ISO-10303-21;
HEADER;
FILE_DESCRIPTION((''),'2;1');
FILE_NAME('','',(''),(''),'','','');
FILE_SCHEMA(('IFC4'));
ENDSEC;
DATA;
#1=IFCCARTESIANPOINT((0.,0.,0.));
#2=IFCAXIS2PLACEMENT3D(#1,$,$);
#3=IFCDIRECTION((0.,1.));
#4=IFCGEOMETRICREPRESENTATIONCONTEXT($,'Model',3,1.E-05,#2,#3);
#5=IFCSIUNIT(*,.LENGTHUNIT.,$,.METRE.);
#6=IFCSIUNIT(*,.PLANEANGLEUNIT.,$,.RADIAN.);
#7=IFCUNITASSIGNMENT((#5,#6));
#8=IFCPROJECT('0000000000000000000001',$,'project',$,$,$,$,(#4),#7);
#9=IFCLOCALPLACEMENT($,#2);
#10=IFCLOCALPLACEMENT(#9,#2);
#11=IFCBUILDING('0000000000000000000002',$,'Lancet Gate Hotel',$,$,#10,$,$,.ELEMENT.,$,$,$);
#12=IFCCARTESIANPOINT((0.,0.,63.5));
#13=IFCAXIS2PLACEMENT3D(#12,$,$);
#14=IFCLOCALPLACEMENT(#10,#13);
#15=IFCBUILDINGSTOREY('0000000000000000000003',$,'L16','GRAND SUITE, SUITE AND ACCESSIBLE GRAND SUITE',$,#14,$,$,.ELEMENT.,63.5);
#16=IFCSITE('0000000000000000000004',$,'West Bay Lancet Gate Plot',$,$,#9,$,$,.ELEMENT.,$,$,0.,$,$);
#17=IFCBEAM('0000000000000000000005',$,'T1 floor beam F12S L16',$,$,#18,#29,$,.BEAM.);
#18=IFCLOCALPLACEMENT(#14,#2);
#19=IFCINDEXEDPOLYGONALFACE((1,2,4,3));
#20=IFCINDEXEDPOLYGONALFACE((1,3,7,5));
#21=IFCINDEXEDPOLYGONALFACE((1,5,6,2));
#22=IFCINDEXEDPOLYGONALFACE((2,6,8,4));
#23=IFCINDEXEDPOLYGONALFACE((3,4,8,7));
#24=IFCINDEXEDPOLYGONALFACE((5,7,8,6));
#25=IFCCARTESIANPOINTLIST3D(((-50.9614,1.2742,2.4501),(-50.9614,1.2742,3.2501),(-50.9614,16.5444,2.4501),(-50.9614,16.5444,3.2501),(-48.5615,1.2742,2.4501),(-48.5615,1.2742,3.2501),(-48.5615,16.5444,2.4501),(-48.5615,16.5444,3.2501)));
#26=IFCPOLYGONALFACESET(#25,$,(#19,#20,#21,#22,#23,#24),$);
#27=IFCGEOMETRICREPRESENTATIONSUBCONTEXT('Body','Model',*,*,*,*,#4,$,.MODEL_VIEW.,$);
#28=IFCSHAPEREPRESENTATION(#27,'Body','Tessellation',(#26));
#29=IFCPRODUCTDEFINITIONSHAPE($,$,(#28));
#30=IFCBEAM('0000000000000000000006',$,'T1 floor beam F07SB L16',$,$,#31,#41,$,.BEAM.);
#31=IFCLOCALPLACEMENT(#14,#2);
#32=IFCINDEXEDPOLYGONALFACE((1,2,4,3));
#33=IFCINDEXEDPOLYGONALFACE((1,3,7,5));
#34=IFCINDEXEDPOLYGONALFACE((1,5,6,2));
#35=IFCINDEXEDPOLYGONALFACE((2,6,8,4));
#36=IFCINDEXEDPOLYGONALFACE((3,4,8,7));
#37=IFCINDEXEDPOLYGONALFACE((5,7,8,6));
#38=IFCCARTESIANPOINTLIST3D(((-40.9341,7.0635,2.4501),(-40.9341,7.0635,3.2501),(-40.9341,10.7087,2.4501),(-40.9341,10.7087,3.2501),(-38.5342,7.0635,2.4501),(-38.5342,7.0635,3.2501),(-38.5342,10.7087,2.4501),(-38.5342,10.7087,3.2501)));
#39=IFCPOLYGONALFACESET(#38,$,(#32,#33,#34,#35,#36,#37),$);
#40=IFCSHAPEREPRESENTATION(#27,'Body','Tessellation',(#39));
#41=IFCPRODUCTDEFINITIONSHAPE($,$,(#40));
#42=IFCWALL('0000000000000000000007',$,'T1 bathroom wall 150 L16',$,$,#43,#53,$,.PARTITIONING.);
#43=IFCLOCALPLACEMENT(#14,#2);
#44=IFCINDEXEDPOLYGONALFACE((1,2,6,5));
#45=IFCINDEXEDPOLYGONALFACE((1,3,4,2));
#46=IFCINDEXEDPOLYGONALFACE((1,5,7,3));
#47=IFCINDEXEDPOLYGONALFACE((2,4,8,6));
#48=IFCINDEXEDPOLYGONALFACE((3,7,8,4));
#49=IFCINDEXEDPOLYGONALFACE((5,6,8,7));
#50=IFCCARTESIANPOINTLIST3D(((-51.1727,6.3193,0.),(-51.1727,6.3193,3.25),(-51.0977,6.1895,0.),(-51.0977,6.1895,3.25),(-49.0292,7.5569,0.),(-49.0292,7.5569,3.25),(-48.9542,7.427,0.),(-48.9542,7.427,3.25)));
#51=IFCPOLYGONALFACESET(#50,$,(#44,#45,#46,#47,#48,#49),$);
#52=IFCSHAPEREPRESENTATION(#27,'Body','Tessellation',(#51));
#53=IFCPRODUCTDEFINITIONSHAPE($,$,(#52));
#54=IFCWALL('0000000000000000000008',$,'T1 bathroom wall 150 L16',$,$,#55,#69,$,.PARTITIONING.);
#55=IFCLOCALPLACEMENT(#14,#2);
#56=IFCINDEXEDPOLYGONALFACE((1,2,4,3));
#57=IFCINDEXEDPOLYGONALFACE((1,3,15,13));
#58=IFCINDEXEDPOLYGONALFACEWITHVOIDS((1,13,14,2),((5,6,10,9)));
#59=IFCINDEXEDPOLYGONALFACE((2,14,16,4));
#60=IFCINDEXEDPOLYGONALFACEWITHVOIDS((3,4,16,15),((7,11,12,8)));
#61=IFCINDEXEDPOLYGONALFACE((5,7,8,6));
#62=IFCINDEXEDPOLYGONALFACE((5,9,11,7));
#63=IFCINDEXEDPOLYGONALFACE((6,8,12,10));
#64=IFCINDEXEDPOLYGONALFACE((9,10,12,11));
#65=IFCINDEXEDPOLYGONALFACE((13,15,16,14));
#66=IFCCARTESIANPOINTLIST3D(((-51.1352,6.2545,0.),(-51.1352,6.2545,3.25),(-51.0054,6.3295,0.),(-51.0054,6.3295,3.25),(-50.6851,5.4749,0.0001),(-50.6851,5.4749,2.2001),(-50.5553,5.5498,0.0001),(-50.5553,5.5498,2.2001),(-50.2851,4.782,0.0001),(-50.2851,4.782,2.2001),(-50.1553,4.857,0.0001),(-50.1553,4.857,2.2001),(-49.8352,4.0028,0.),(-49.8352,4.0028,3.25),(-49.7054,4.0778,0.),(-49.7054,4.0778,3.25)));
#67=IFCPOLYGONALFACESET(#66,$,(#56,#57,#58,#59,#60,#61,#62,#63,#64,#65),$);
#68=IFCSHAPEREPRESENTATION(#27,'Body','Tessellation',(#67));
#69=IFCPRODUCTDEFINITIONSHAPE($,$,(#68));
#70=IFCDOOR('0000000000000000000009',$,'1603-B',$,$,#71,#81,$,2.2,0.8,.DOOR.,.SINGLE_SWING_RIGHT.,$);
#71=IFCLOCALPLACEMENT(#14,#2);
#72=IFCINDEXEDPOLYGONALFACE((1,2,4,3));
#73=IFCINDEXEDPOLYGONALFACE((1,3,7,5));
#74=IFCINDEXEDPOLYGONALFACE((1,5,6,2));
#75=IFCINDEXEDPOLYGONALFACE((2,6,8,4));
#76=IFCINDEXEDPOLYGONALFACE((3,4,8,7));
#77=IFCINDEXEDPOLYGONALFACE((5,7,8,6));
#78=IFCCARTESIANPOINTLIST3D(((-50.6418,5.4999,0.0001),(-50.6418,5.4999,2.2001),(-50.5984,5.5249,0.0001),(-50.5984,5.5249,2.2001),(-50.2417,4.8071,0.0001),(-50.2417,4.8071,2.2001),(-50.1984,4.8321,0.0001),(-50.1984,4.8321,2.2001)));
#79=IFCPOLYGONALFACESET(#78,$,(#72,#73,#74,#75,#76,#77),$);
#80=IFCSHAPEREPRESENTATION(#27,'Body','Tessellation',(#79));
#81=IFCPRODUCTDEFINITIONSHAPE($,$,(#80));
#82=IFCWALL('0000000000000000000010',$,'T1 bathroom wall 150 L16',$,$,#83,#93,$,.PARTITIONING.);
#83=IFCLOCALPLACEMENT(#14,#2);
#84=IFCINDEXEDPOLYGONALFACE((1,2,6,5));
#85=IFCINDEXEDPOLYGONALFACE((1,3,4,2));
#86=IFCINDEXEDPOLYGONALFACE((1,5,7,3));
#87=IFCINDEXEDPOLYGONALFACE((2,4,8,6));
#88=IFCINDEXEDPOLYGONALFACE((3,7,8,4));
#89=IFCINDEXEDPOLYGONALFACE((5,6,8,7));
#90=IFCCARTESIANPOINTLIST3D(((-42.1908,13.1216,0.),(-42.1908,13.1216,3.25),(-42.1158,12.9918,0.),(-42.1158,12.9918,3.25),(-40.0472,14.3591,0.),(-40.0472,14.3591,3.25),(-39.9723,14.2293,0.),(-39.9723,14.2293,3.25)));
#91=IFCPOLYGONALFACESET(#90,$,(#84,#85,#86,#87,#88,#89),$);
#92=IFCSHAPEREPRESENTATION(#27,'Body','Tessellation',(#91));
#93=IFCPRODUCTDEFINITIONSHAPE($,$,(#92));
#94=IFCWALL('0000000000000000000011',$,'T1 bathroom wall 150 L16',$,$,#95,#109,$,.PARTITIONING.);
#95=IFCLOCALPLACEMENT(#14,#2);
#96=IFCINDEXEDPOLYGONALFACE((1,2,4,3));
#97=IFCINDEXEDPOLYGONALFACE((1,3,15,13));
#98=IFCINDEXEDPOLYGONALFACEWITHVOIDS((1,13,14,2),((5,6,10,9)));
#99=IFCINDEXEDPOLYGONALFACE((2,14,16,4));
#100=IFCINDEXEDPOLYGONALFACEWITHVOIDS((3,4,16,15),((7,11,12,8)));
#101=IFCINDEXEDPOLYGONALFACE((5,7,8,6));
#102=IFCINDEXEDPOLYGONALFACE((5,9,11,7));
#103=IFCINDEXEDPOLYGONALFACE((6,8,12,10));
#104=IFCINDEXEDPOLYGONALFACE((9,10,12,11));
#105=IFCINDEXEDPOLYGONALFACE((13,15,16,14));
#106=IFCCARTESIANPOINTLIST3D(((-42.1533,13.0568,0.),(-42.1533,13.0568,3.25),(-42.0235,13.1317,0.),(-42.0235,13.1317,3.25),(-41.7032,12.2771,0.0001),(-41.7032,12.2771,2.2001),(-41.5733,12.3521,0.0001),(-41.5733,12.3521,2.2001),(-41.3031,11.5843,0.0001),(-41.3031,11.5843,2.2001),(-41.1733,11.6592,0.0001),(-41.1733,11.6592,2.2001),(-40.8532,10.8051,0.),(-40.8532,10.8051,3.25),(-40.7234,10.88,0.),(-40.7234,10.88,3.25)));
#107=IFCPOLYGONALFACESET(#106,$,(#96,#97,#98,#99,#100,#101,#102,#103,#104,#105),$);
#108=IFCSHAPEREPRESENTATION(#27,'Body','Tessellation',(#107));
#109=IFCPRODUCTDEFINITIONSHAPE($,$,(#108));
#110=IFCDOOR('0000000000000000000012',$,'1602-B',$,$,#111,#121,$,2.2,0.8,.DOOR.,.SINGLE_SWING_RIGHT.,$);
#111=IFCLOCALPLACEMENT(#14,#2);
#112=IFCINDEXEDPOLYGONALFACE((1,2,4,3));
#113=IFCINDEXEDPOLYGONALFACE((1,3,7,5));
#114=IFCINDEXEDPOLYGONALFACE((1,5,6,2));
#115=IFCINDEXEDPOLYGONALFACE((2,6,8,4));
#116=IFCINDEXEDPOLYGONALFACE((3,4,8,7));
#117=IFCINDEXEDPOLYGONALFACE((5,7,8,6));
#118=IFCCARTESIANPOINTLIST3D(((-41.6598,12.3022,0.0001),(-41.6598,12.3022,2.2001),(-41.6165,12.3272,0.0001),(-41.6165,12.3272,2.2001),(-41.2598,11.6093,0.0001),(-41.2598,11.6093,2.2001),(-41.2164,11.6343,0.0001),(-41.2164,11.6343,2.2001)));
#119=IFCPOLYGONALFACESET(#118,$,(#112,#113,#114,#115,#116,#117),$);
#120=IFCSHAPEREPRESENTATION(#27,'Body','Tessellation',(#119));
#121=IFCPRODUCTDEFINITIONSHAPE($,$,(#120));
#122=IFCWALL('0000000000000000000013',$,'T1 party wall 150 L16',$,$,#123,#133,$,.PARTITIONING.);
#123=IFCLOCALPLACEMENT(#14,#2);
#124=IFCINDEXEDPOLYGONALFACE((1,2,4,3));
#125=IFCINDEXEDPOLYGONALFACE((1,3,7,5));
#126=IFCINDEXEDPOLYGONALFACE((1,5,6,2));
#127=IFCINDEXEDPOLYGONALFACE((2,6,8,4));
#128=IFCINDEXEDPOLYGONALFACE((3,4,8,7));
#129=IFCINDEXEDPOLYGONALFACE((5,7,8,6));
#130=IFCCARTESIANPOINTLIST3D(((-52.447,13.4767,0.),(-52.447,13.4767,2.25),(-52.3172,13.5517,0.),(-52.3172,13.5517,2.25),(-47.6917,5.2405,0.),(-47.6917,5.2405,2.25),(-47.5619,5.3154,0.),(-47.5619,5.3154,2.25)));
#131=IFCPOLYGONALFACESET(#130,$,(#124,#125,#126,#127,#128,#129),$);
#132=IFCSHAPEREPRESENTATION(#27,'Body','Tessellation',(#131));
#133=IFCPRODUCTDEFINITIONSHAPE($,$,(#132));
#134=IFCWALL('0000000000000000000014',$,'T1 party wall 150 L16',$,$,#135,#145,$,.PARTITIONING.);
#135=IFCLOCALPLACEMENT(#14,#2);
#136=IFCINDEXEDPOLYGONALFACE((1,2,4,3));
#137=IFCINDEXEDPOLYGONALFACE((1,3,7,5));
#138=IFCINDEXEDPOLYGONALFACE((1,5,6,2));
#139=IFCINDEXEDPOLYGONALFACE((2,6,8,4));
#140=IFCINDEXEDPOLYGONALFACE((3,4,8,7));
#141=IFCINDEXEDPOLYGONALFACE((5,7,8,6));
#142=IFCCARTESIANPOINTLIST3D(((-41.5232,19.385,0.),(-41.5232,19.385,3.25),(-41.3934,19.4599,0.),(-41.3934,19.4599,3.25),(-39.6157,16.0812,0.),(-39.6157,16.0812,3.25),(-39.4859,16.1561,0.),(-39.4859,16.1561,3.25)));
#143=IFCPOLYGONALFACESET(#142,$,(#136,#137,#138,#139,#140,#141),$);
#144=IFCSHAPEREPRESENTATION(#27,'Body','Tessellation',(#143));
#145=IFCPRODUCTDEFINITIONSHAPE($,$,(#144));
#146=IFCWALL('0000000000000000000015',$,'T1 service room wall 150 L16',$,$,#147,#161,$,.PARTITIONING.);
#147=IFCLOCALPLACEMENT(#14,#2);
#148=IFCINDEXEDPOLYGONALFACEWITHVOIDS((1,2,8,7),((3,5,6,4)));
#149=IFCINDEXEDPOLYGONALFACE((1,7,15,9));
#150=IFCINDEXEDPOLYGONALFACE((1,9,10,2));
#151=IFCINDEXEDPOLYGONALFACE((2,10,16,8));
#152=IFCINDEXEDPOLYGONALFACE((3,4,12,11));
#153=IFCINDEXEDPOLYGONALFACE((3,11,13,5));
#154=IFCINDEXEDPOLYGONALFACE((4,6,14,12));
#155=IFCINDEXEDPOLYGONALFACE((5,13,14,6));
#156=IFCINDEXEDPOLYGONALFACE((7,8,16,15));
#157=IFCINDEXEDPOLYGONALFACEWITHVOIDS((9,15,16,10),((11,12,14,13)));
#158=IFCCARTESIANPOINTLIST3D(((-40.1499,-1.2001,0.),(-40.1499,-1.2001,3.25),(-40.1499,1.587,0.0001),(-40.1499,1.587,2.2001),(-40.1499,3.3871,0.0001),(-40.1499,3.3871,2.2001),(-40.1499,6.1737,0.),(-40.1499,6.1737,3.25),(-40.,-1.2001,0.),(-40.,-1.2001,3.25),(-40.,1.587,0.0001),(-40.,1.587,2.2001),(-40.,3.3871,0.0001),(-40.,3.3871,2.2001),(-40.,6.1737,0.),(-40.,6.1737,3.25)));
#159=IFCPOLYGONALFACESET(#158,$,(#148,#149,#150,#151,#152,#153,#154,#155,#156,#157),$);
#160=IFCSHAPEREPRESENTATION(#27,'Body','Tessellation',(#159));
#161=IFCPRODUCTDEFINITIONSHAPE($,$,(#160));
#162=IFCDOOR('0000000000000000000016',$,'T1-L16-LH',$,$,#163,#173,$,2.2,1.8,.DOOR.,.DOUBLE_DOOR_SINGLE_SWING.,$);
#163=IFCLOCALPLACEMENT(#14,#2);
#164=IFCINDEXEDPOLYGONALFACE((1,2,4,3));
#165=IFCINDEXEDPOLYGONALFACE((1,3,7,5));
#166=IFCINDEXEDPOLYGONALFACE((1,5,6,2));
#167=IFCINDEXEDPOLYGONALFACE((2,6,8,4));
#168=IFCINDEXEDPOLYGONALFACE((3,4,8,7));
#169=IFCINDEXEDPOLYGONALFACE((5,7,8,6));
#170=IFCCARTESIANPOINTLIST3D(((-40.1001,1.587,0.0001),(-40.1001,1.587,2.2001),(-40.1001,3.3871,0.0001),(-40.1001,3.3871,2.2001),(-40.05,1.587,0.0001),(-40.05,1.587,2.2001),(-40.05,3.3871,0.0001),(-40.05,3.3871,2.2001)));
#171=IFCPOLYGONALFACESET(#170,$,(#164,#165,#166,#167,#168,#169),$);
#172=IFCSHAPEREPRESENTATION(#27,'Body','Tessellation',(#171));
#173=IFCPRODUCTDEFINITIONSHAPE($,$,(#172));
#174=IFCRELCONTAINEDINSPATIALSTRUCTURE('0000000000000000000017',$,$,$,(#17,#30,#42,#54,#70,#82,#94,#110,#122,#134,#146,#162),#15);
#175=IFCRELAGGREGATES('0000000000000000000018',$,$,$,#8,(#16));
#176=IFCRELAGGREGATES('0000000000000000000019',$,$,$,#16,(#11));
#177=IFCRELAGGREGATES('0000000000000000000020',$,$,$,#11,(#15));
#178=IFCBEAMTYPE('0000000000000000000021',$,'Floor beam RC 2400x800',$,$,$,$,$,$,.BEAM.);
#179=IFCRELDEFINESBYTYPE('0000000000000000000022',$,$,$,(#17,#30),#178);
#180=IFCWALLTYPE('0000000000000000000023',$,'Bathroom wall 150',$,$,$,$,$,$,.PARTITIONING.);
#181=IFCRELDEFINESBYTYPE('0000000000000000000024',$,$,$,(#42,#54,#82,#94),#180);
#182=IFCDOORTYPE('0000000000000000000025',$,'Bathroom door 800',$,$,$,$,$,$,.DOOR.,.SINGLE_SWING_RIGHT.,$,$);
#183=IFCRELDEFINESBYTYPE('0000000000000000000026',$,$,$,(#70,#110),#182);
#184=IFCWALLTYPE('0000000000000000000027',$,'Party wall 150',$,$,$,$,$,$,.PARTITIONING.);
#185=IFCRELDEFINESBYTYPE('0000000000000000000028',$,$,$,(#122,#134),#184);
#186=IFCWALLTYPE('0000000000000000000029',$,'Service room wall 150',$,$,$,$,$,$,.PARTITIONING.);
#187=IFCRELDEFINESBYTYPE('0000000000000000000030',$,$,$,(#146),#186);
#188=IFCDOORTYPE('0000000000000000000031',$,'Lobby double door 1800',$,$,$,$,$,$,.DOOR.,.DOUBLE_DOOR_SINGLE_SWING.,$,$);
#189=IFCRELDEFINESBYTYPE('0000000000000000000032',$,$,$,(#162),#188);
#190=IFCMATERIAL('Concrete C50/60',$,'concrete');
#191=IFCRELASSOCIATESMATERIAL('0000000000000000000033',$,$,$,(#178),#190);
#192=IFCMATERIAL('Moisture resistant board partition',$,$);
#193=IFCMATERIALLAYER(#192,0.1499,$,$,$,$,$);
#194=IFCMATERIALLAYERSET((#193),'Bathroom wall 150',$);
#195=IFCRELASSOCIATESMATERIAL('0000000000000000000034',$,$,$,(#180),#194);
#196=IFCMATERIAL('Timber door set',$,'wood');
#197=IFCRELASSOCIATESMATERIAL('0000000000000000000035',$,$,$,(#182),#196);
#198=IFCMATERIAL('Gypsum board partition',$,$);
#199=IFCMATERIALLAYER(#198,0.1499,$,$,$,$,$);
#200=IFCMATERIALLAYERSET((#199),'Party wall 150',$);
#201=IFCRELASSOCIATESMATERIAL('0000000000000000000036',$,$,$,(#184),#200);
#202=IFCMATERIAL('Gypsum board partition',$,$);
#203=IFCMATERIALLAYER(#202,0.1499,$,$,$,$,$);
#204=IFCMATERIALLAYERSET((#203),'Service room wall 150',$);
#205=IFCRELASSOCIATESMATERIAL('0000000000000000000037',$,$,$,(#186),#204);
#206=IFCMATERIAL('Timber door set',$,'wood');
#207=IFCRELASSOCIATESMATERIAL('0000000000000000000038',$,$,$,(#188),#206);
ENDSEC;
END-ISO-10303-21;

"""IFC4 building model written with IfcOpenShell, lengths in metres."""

from ifc_helpers import new_model, si_unit, direction, frame, frame_2d, origin, origin_2d, place, context, subcontext, project, spatial, rectangle, extrude, material, layer, layer_set, material_profile, profile_set, type_object, element, fill, save


model = new_model("IFC4")

# Units and contexts
model_context = context("Model", 3, precision=1e-05, world=origin(), true_north=direction((0.0, 1.0)))
body_context = subcontext(model_context, "Body", "Model", "MODEL_VIEW")
ifc_project = project(units=[si_unit("LENGTHUNIT", "METRE"), si_unit("PLANEANGLEUNIT", "RADIAN")], contexts=[model_context])

# Site, building, storey
site_placement = place(None, origin())
site = spatial("IfcSite", under=ifc_project, at=site_placement, Name="West Bay Lancet Gate Plot", CompositionType="ELEMENT", RefElevation=0.0)
building_placement = place(site_placement, origin())
building = spatial("IfcBuilding", under=site, at=building_placement, Name="Lancet Gate Hotel", CompositionType="ELEMENT")
storey_placement = place(building_placement, frame((0.0, 0.0, 63.5)))
storey = spatial("IfcBuildingStorey", under=building, at=storey_placement, Name="L16", Description="GRAND SUITE, SUITE AND ACCESSIBLE GRAND SUITE", CompositionType="ELEMENT", Elevation=63.5)

# Beams
ifc_material_1 = material(Name="Concrete C50/60", Category="concrete")
ifc_material_profile_1 = material_profile(ifc_material_1, rectangle(XDim=2.3999, YDim=0.8, at=origin_2d()), Name="RC 2400x800")
ifc_profile_set_1 = profile_set([ifc_material_profile_1], Name="Concrete C50/60")
beam_type_1 = type_object("IfcBeamType", Name="Floor beam RC 2400x800", PredefinedType="BEAM", material=ifc_profile_set_1)
beam_1_placement = place(storey_placement, frame((-49.7615, 16.5444, 2.8501), z_axis=(0.0, -1.0, 0.0), x_axis=(1.0, 0.0, 0.0)))
element("IfcBeam", 1, at=beam_1_placement, inside=storey, type_object=beam_type_1, Name="T1 floor beam F12S L16", PredefinedType="BEAM", context=body_context, shape_type="SweptSolid", body=[
    extrude(rectangle(XDim=2.3999, YDim=0.8, at=origin_2d()), origin(), (0.0, 0.0, 1.0), 15.2703),
])
beam_2_placement = place(storey_placement, frame((-39.7341, 10.7087, 2.8501), z_axis=(0.0, -1.0, 0.0), x_axis=(1.0, 0.0, 0.0)))
element("IfcBeam", 2, at=beam_2_placement, inside=storey, type_object=beam_type_1, Name="T1 floor beam F07SB L16", PredefinedType="BEAM", context=body_context, shape_type="SweptSolid", body=[
    extrude(rectangle(XDim=2.3999, YDim=0.8, at=origin_2d()), origin(), (0.0, 0.0, 1.0), 3.6453),
])

# Wall
ifc_material_2 = material(Name="Moisture resistant board partition")
ifc_layer_1 = layer(ifc_material_2, 0.1499)
ifc_layer_set_1 = layer_set([ifc_layer_1], Name="Bathroom wall 150")
wall_type_1 = type_object("IfcWallType", Name="Bathroom wall 150", PredefinedType="PARTITIONING", material=ifc_layer_set_1)
wall_1_placement = place(storey_placement, frame((-48.9917, 7.4919, 0.0), z_axis=(0.0, 0.0, 1.0), x_axis=(-0.866031, -0.49999, 0.0)))
element("IfcWall", 3, at=wall_1_placement, inside=storey, type_object=wall_type_1, Name="T1 bathroom wall 150 L16", PredefinedType="PARTITIONING", context=body_context, shape_type="SweptSolid", body=[
    extrude(rectangle(XDim=2.4751, YDim=0.1499, at=frame_2d((1.2375, 0.0))), origin(), (0.0, 0.0, 1.0), 3.25),
])

# Wall, opening, door
wall_2_placement = place(storey_placement, frame((-49.7703, 4.0403, 0.0), z_axis=(0.0, 0.0, 1.0), x_axis=(-0.500007, 0.866021, 0.0)))
wall_2 = element("IfcWall", 4, at=wall_2_placement, inside=storey, type_object=wall_type_1, Name="T1 bathroom wall 150 L16", PredefinedType="PARTITIONING", context=body_context, shape_type="SweptSolid", body=[
    extrude(rectangle(XDim=2.6001, YDim=0.1499, at=frame_2d((1.3, 0.0))), origin(), (0.0, 0.0, 1.0), 3.25),
])
opening_1_placement = place(wall_2_placement, frame((0.8999, 0.0, 0.0)))
opening_1 = element("IfcOpeningElement", 5, at=opening_1_placement, cuts=wall_2, PredefinedType="OPENING", context=body_context, shape_type="SweptSolid", body=[
    extrude(rectangle(XDim=0.8, YDim=2.2, at=frame_2d((0.3999, 1.1001))), frame((0.0, 0.085, 0.0), z_axis=(0.0, -1.0, 0.0), x_axis=(1.0, 0.0, 0.0)), (0.0, 0.0, 1.0), 0.1699),
])
ifc_material_3 = material(Name="Timber door set", Category="wood")
door_type_1 = type_object("IfcDoorType", Name="Bathroom door 800", OperationType="SINGLE_SWING_RIGHT", PredefinedType="DOOR", material=ifc_material_3)
door_1_placement = place(opening_1_placement, origin())
door_1 = element("IfcDoor", 6, at=door_1_placement, inside=storey, type_object=door_type_1, Name="1603-B", OperationType="SINGLE_SWING_RIGHT", OverallHeight=2.2, OverallWidth=0.8, PredefinedType="DOOR", context=body_context, shape_type="SweptSolid", body=[
    extrude(rectangle(XDim=0.8, YDim=2.2, at=frame_2d((0.3999, 1.1001))), frame((0.0, 0.0249, 0.0), z_axis=(0.0, -1.0, 0.0), x_axis=(1.0, 0.0, 0.0)), (0.0, 0.0, 1.0), 0.05),
])
fill(opening_1, door_1)

# Wall
wall_3_placement = place(storey_placement, frame((-40.0098, 14.2942, 0.0), z_axis=(0.0, 0.0, 1.0), x_axis=(-0.866031, -0.49999, 0.0)))
element("IfcWall", 7, at=wall_3_placement, inside=storey, type_object=wall_type_1, Name="T1 bathroom wall 150 L16", PredefinedType="PARTITIONING", context=body_context, shape_type="SweptSolid", body=[
    extrude(rectangle(XDim=2.4751, YDim=0.1499, at=frame_2d((1.2375, 0.0))), origin(), (0.0, 0.0, 1.0), 3.25),
])

# Wall, opening, door
wall_4_placement = place(storey_placement, frame((-40.7883, 10.8425, 0.0), z_axis=(0.0, 0.0, 1.0), x_axis=(-0.500007, 0.866021, 0.0)))
wall_4 = element("IfcWall", 8, at=wall_4_placement, inside=storey, type_object=wall_type_1, Name="T1 bathroom wall 150 L16", PredefinedType="PARTITIONING", context=body_context, shape_type="SweptSolid", body=[
    extrude(rectangle(XDim=2.6001, YDim=0.1499, at=frame_2d((1.3, 0.0))), origin(), (0.0, 0.0, 1.0), 3.25),
])
opening_2_placement = place(wall_4_placement, frame((0.8999, 0.0, 0.0)))
opening_2 = element("IfcOpeningElement", 9, at=opening_2_placement, cuts=wall_4, PredefinedType="OPENING", context=body_context, shape_type="SweptSolid", body=[
    extrude(rectangle(XDim=0.8, YDim=2.2, at=frame_2d((0.3999, 1.1001))), frame((0.0, 0.085, 0.0), z_axis=(0.0, -1.0, 0.0), x_axis=(1.0, 0.0, 0.0)), (0.0, 0.0, 1.0), 0.1699),
])
door_2_placement = place(opening_2_placement, origin())
door_2 = element("IfcDoor", 10, at=door_2_placement, inside=storey, type_object=door_type_1, Name="1602-B", OperationType="SINGLE_SWING_RIGHT", OverallHeight=2.2, OverallWidth=0.8, PredefinedType="DOOR", context=body_context, shape_type="SweptSolid", body=[
    extrude(rectangle(XDim=0.8, YDim=2.2, at=frame_2d((0.3999, 1.1001))), frame((0.0, 0.0249, 0.0), z_axis=(0.0, -1.0, 0.0), x_axis=(1.0, 0.0, 0.0)), (0.0, 0.0, 1.0), 0.05),
])
fill(opening_2, door_2)

# Walls
ifc_material_4 = material(Name="Gypsum board partition")
ifc_layer_2 = layer(ifc_material_4, 0.1499)
ifc_layer_set_2 = layer_set([ifc_layer_2], Name="Party wall 150")
wall_type_2 = type_object("IfcWallType", Name="Party wall 150", PredefinedType="PARTITIONING", material=ifc_layer_set_2)
wall_5_placement = place(storey_placement, frame((-47.6267, 5.2778, 0.0), z_axis=(0.0, 0.0, 1.0), x_axis=(-0.50001, 0.86602, 0.0)))
element("IfcWall", 11, at=wall_5_placement, inside=storey, type_object=wall_type_2, Name="T1 party wall 150 L16", PredefinedType="PARTITIONING", context=body_context, shape_type="SweptSolid", body=[
    extrude(rectangle(XDim=9.5105, YDim=0.1499, at=frame_2d((4.7554, 0.0))), origin(), (0.0, 0.0, 1.0), 2.25),
])
wall_6_placement = place(storey_placement, frame((-39.5508, 16.1187, 0.0), z_axis=(0.0, 0.0, 1.0), x_axis=(-0.500014, 0.866017, 0.0)))
element("IfcWall", 12, at=wall_6_placement, inside=storey, type_object=wall_type_2, Name="T1 party wall 150 L16", PredefinedType="PARTITIONING", context=body_context, shape_type="SweptSolid", body=[
    extrude(rectangle(XDim=3.8149, YDim=0.1499, at=frame_2d((1.9075, 0.0))), origin(), (0.0, 0.0, 1.0), 3.25),
])

# Wall, opening, door
ifc_material_5 = material(Name="Gypsum board partition")
ifc_layer_3 = layer(ifc_material_5, 0.1499)
ifc_layer_set_3 = layer_set([ifc_layer_3], Name="Service room wall 150")
wall_type_3 = type_object("IfcWallType", Name="Service room wall 150", PredefinedType="PARTITIONING", material=ifc_layer_set_3)
wall_7_placement = place(storey_placement, frame((-40.075, 6.1738, 0.0), z_axis=(0.0, 0.0, 1.0), x_axis=(0.0, -1.0, 0.0)))
wall_7 = element("IfcWall", 13, at=wall_7_placement, inside=storey, type_object=wall_type_3, Name="T1 service room wall 150 L16", PredefinedType="PARTITIONING", context=body_context, shape_type="SweptSolid", body=[
    extrude(rectangle(XDim=7.3738, YDim=0.1499, at=frame_2d((3.687, 0.0))), origin(), (0.0, 0.0, 1.0), 3.25),
])
opening_3_placement = place(wall_7_placement, frame((2.7869, 0.0, 0.0)))
opening_3 = element("IfcOpeningElement", 14, at=opening_3_placement, cuts=wall_7, PredefinedType="OPENING", context=body_context, shape_type="SweptSolid", body=[
    extrude(rectangle(XDim=1.8, YDim=2.2, at=frame_2d((0.8999, 1.1001))), frame((0.0, 0.085, 0.0), z_axis=(0.0, -1.0, 0.0), x_axis=(1.0, 0.0, 0.0)), (0.0, 0.0, 1.0), 0.1699),
])
ifc_material_6 = material(Name="Timber door set", Category="wood")
door_type_2 = type_object("IfcDoorType", Name="Lobby double door 1800", OperationType="DOUBLE_DOOR_SINGLE_SWING", PredefinedType="DOOR", material=ifc_material_6)
door_3_placement = place(opening_3_placement, origin())
door_3 = element("IfcDoor", 15, at=door_3_placement, inside=storey, type_object=door_type_2, Name="T1-L16-LH", OperationType="DOUBLE_DOOR_SINGLE_SWING", OverallHeight=2.2, OverallWidth=1.8, PredefinedType="DOOR", context=body_context, shape_type="SweptSolid", body=[
    extrude(rectangle(XDim=1.8, YDim=2.2, at=frame_2d((0.8999, 1.1001))), frame((0.0, 0.0249, 0.0), z_axis=(0.0, -1.0, 0.0), x_axis=(1.0, 0.0, 0.0)), (0.0, 0.0, 1.0), 0.05),
])
fill(opening_3, door_3)

save(model, "model.ifc")
